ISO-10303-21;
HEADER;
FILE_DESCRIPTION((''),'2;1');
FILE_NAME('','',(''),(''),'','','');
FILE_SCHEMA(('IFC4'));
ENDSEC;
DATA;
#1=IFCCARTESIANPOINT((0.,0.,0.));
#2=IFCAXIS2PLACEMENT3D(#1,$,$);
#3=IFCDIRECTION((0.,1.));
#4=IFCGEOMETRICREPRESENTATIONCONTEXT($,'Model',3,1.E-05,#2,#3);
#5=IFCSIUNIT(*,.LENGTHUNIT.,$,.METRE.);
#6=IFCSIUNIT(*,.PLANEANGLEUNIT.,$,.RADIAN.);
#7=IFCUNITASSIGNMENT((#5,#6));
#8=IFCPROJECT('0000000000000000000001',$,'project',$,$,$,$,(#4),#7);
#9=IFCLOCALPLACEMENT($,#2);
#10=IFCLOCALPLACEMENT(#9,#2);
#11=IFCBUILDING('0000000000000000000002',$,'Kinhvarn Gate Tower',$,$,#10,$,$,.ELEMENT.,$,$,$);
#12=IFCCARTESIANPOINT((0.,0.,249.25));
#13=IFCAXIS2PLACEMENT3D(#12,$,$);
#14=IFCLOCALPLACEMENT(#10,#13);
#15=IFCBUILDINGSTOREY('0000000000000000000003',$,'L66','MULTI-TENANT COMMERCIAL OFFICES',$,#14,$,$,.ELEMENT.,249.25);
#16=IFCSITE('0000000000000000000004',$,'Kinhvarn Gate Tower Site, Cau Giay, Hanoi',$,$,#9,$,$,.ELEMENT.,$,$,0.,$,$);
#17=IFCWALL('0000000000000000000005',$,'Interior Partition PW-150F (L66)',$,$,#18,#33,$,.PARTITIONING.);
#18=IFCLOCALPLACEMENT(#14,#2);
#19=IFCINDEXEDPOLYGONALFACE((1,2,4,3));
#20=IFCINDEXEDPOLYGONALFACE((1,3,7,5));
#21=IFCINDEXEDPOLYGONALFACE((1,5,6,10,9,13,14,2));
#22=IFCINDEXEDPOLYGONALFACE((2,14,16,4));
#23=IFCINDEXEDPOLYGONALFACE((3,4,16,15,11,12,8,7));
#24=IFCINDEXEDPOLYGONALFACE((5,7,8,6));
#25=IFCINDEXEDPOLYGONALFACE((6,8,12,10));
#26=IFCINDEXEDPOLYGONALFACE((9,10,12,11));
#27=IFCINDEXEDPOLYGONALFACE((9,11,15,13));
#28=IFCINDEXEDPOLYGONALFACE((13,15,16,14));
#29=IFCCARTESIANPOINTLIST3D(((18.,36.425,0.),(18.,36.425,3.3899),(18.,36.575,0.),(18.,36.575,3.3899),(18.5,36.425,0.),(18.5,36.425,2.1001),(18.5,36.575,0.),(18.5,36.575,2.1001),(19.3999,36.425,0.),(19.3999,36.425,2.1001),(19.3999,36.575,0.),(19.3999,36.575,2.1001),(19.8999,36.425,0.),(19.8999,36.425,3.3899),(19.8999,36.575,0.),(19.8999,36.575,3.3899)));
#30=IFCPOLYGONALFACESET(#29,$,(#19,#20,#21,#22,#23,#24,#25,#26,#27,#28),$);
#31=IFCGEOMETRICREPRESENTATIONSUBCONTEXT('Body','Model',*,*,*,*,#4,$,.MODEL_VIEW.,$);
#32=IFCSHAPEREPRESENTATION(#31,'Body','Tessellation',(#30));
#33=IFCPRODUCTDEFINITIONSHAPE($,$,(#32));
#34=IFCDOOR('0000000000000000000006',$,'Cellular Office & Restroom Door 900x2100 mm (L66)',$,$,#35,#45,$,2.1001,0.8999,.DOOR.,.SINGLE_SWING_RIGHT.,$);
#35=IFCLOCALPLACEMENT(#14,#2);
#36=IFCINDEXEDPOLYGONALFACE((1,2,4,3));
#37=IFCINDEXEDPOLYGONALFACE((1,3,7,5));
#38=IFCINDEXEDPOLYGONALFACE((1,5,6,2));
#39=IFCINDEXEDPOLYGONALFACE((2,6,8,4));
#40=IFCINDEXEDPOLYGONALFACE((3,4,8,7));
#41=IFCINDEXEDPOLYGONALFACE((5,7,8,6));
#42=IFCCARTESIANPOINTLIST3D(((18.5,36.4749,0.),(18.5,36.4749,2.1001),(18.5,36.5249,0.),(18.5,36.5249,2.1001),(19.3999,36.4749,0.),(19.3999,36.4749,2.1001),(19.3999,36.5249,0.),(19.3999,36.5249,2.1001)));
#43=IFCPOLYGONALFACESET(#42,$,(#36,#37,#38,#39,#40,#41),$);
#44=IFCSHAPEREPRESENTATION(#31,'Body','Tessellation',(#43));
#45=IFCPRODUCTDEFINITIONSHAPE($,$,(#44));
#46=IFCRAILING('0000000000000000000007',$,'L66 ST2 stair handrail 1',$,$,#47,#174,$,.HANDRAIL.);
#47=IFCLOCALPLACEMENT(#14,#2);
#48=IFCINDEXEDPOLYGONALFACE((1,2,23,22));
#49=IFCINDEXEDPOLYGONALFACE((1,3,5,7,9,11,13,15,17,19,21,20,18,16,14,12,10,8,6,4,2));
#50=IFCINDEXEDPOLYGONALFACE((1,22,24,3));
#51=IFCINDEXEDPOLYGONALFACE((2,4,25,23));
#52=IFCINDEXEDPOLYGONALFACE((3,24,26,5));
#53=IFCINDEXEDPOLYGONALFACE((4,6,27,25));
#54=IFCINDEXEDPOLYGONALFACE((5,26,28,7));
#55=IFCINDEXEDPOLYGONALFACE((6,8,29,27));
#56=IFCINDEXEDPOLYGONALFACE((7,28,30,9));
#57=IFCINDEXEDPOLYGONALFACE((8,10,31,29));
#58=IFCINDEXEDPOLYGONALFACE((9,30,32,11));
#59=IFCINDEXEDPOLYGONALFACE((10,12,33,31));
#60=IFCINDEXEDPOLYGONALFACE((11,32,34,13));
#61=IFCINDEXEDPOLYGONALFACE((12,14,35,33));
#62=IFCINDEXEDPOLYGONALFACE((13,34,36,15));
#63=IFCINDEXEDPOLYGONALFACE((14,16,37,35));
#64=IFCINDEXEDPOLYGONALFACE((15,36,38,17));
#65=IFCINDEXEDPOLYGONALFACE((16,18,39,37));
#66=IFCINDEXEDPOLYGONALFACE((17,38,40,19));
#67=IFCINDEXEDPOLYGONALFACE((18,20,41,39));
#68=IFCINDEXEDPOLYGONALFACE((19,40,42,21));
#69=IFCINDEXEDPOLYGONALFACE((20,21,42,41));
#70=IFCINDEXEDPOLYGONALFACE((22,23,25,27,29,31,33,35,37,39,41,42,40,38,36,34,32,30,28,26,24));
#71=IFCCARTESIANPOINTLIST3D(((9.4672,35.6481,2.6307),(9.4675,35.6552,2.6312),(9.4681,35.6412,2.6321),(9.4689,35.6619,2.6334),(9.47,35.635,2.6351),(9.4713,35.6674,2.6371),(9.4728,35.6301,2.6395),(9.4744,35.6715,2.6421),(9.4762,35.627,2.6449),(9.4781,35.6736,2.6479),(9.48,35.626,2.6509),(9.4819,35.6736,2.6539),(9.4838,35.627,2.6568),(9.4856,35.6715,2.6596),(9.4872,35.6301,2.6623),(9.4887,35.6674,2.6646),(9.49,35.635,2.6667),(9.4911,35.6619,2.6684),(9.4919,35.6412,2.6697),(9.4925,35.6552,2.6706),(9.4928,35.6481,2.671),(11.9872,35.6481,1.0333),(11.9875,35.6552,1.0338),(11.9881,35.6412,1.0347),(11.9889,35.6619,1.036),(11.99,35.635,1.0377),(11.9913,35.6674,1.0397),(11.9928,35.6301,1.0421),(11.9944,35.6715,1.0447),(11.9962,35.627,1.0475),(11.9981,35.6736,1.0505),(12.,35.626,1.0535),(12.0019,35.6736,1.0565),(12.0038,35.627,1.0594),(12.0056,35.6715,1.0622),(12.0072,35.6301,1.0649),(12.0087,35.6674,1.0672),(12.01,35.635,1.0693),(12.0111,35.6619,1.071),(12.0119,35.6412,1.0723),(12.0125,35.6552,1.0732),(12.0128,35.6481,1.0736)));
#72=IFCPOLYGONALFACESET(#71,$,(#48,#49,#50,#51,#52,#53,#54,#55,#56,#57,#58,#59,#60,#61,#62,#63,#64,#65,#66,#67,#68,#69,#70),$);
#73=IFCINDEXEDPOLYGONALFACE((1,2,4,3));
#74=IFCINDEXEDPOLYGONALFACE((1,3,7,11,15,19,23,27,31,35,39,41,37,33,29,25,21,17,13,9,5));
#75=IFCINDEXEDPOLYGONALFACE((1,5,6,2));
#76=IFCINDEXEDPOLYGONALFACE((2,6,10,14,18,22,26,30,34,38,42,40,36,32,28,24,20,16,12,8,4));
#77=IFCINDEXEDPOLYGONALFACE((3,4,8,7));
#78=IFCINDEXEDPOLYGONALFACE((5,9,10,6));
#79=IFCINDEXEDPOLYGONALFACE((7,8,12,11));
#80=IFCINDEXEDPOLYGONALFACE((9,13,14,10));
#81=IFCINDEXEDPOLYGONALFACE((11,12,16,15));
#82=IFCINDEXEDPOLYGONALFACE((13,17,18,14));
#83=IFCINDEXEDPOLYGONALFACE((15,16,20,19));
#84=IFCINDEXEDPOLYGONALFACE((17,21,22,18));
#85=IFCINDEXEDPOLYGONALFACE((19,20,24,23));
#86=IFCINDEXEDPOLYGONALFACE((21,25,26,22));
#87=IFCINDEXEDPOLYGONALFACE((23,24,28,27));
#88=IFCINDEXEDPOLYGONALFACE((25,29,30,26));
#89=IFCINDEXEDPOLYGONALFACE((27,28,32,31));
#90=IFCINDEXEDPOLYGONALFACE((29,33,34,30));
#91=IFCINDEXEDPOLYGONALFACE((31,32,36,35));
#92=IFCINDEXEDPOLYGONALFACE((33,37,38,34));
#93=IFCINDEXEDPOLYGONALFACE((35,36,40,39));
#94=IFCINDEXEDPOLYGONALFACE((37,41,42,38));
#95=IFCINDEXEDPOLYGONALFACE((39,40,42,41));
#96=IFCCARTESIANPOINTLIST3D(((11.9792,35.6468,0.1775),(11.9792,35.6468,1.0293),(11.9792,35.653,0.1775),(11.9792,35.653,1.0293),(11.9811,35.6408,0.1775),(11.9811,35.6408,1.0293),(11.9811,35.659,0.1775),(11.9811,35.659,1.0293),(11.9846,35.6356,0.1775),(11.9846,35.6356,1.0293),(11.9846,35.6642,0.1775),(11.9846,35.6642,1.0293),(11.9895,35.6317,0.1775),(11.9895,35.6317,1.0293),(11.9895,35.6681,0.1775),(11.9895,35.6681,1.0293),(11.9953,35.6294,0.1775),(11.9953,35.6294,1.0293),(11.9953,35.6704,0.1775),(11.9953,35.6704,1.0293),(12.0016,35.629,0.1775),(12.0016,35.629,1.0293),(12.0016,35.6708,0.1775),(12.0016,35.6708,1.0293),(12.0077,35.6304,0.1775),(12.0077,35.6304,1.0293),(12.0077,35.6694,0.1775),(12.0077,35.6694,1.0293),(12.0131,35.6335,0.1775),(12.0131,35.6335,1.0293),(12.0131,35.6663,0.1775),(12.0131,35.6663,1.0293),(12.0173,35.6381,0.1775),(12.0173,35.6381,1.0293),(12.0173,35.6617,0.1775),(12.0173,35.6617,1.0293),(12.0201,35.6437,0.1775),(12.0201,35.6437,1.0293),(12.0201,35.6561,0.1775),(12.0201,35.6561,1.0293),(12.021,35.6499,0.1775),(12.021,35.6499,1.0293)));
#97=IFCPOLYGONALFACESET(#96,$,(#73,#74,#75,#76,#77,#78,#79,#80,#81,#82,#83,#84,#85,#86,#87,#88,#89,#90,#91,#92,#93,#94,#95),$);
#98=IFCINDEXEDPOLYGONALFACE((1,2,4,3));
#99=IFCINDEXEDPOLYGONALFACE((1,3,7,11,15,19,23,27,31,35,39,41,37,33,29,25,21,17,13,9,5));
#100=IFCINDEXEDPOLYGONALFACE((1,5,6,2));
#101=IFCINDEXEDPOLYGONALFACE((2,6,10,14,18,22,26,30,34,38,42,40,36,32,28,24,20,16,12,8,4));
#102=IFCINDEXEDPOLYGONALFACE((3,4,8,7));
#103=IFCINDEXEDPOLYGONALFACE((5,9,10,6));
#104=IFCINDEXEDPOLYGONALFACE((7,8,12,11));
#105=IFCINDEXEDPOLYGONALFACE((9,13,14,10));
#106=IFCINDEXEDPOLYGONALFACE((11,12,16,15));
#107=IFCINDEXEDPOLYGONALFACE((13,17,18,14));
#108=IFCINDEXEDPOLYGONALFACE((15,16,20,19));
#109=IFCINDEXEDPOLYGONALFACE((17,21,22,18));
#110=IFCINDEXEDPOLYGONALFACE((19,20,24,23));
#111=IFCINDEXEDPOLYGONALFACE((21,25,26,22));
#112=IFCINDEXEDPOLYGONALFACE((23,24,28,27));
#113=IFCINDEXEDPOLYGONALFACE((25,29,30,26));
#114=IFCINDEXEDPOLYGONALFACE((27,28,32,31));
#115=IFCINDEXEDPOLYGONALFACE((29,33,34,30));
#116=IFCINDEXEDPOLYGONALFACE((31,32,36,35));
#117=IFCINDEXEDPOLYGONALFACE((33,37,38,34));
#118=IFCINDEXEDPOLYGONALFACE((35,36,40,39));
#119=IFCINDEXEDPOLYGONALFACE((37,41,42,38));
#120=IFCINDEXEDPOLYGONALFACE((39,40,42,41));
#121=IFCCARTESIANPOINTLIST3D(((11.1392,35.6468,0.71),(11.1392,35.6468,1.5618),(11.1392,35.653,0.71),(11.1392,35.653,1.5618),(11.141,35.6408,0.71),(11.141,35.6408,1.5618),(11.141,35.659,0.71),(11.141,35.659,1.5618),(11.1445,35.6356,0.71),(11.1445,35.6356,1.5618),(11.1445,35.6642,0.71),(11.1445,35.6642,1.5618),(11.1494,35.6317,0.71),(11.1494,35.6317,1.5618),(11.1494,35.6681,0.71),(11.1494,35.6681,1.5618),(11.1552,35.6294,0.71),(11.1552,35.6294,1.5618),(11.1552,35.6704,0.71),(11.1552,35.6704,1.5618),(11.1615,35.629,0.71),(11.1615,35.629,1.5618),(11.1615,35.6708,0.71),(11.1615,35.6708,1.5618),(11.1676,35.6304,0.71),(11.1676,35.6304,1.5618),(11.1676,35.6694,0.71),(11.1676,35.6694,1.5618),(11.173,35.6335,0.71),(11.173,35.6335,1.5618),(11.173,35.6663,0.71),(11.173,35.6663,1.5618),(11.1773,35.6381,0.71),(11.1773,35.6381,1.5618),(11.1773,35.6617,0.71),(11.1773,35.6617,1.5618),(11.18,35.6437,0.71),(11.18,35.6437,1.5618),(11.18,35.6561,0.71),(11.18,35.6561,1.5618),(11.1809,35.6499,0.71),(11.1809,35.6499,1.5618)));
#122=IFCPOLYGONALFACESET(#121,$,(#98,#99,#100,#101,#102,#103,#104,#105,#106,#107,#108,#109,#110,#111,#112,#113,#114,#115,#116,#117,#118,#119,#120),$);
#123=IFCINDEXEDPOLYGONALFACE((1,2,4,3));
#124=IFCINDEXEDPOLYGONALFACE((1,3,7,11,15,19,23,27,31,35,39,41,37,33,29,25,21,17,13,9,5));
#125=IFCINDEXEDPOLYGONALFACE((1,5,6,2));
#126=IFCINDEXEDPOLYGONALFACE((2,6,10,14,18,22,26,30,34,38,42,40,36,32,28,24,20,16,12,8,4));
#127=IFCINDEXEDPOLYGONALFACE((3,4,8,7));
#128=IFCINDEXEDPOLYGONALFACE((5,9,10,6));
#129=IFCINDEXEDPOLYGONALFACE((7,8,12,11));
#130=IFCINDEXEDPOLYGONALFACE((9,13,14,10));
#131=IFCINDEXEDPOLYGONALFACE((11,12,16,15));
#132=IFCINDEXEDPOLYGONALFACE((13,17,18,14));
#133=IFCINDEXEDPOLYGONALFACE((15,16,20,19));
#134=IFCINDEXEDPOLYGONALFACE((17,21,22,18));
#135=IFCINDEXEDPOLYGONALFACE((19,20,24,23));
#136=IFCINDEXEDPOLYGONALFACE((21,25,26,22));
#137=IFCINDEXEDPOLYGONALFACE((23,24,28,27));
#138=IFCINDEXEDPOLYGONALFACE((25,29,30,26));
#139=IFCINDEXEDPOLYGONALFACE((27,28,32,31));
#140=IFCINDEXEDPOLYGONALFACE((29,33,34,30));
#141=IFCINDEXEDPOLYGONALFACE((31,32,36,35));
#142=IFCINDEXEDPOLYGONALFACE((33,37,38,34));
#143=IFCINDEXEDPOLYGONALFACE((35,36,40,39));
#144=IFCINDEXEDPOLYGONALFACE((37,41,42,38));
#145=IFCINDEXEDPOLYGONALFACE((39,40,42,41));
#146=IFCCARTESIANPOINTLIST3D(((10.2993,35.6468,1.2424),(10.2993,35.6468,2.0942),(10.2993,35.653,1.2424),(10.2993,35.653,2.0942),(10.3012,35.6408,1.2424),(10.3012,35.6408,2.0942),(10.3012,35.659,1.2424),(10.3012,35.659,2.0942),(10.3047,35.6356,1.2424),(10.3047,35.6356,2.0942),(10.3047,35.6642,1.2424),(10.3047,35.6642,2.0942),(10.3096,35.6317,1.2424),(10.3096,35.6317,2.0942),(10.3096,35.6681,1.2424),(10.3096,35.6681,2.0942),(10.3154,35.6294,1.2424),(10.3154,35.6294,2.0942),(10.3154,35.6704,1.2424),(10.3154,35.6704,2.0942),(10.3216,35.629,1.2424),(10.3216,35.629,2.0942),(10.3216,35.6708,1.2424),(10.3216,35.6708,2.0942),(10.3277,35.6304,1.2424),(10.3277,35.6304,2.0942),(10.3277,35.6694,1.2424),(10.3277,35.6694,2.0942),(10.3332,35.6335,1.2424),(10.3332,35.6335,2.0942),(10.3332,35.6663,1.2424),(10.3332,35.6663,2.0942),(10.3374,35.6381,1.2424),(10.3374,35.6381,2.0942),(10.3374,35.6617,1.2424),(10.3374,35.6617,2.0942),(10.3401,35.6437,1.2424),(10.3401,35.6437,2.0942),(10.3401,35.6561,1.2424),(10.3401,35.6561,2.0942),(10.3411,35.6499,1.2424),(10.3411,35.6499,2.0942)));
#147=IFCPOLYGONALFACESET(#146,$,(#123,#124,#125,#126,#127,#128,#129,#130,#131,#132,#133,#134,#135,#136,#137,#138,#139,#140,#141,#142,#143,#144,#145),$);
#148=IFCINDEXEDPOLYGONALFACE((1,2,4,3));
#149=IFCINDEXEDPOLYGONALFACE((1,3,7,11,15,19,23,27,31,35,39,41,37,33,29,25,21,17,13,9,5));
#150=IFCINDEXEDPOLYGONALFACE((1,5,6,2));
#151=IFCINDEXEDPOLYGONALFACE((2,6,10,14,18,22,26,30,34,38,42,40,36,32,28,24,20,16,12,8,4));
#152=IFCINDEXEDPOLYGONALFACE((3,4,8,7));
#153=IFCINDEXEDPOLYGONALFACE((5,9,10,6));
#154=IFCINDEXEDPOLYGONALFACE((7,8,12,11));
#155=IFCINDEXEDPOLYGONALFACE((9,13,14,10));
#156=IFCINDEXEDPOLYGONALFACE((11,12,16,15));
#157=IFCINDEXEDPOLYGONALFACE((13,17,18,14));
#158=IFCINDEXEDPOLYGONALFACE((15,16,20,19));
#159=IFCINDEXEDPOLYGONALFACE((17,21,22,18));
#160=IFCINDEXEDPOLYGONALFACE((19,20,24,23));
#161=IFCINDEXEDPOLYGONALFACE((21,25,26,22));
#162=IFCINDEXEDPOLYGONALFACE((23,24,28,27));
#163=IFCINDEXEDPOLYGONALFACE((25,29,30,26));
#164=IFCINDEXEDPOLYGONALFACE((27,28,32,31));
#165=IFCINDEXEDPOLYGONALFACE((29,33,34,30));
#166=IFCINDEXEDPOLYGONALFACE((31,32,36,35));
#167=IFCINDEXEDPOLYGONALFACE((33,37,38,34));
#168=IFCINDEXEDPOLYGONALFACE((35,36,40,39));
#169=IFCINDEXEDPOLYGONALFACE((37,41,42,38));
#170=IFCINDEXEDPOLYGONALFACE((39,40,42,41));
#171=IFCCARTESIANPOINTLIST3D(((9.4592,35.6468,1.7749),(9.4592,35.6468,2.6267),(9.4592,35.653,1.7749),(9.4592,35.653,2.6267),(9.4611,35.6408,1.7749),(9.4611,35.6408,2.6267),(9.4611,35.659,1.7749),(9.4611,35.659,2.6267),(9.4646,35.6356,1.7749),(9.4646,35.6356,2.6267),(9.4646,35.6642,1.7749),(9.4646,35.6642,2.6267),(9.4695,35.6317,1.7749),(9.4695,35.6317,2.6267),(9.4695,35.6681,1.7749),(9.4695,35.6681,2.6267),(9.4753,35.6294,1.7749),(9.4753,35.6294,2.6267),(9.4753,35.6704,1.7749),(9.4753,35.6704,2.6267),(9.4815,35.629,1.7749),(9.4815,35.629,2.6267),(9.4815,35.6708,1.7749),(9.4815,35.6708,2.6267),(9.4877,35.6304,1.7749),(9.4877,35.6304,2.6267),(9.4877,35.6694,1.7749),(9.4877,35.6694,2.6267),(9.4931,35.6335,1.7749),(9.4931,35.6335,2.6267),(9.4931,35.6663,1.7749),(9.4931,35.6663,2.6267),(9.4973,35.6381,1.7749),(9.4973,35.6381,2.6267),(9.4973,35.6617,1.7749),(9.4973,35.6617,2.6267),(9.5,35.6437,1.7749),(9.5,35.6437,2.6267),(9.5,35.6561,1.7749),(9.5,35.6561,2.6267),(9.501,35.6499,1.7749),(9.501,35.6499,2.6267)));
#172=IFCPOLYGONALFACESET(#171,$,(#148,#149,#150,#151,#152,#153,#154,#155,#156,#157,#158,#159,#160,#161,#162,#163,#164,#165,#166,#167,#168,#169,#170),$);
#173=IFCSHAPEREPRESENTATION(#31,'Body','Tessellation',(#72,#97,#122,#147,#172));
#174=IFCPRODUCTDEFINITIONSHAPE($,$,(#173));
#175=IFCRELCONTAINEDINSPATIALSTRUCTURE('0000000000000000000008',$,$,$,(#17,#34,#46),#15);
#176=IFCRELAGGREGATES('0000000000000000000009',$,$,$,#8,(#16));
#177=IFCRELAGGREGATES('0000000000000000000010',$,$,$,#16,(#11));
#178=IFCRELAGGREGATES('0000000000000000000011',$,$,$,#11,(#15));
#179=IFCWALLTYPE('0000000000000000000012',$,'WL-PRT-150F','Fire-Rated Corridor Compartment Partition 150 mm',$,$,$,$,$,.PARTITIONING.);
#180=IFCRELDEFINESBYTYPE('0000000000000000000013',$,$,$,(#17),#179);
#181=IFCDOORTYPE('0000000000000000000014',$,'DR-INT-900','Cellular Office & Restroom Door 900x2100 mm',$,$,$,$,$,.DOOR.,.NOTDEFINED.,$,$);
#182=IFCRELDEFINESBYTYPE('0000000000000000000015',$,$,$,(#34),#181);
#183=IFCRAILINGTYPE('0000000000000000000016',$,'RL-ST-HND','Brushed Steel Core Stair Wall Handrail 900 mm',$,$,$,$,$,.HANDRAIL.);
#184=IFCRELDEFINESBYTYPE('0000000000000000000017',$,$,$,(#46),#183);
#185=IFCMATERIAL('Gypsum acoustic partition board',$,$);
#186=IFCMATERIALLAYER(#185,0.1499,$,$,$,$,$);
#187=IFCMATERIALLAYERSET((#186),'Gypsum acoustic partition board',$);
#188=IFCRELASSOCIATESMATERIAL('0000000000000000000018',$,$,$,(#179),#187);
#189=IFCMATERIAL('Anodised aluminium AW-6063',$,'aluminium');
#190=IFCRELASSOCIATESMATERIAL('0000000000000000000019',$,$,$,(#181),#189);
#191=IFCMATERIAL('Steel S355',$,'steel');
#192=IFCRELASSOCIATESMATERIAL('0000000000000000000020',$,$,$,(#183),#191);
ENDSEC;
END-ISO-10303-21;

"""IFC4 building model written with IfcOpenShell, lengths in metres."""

from ifc_helpers import new_model, si_unit, direction, frame, frame_2d, origin, origin_2d, place, context, subcontext, project, spatial, rectangle, circle, extrude, material, layer, layer_set, type_object, element, fill, save


model = new_model("IFC4")

# Units and contexts
model_context = context("Model", 3, precision=1e-05, world=origin(), true_north=direction((0.0, 1.0)))
body_context = subcontext(model_context, "Body", "Model", "MODEL_VIEW")
ifc_project = project(units=[si_unit("LENGTHUNIT", "METRE"), si_unit("PLANEANGLEUNIT", "RADIAN")], contexts=[model_context])

# Site, building, storey
site_placement = place(None, origin())
site = spatial("IfcSite", under=ifc_project, at=site_placement, Name="Kinhvarn Gate Tower Site, Cau Giay, Hanoi", CompositionType="ELEMENT", RefElevation=0.0)
building_placement = place(site_placement, origin())
building = spatial("IfcBuilding", under=site, at=building_placement, Name="Kinhvarn Gate Tower", CompositionType="ELEMENT")
storey_placement = place(building_placement, frame((0.0, 0.0, 249.25)))
storey = spatial("IfcBuildingStorey", under=building, at=storey_placement, Name="L66", Description="MULTI-TENANT COMMERCIAL OFFICES", CompositionType="ELEMENT", Elevation=249.25)

# Shared definitions
ifc_material_1 = material(Name="Anodised aluminium AW-6063", Category="aluminium")

# Shared definitions
ifc_material_2 = material(Name="Steel S355", Category="steel")

# Shared definitions
ifc_material_3 = material(Name="Gypsum acoustic partition board")

# Wall, opening, door
ifc_layer_1 = layer(ifc_material_3, 0.1499)
ifc_layer_set_1 = layer_set([ifc_layer_1], Name="Gypsum acoustic partition board")
wall_type_1 = type_object("IfcWallType", Name="WL-PRT-150F", Description="Fire-Rated Corridor Compartment Partition 150 mm", PredefinedType="PARTITIONING", material=ifc_layer_set_1)
wall_1_placement = place(storey_placement, frame((18.0, 36.5, 0.0), z_axis=(0.0, 0.0, 1.0), x_axis=(1.0, 0.0, 0.0)))
wall_1 = element("IfcWall", 1, at=wall_1_placement, inside=storey, type_object=wall_type_1, Name="Interior Partition PW-150F (L66)", PredefinedType="PARTITIONING", context=body_context, shape_type="SweptSolid", body=[
    extrude(rectangle(XDim=1.8999, YDim=0.1499, at=frame_2d((0.95, 0.0))), origin(), (0.0, 0.0, 1.0), 3.3899),
])
opening_placement = place(wall_1_placement, frame((0.5, 0.0, 0.0)))
opening = element("IfcOpeningElement", 2, at=opening_placement, cuts=wall_1, PredefinedType="OPENING", context=body_context, shape_type="SweptSolid", body=[
    extrude(rectangle(XDim=0.8999, YDim=2.1001, at=frame_2d((0.45, 1.05))), frame((0.0, 0.085, 0.0), z_axis=(0.0, -1.0, 0.0), x_axis=(1.0, 0.0, 0.0)), (0.0, 0.0, 1.0), 0.1699),
])
door_type = type_object("IfcDoorType", Name="DR-INT-900", Description="Cellular Office & Restroom Door 900x2100 mm", OperationType="NOTDEFINED", PredefinedType="DOOR", material=ifc_material_1)
door_placement = place(opening_placement, origin())
door = element("IfcDoor", 3, at=door_placement, inside=storey, type_object=door_type, Name="Cellular Office & Restroom Door 900x2100 mm (L66)", OperationType="SINGLE_SWING_RIGHT", OverallHeight=2.1001, OverallWidth=0.8999, PredefinedType="DOOR", context=body_context, shape_type="SweptSolid", body=[
    extrude(rectangle(XDim=0.8999, YDim=2.1001, at=frame_2d((0.45, 1.05))), frame((0.0, 0.0249, 0.0), z_axis=(0.0, -1.0, 0.0), x_axis=(1.0, 0.0, 0.0)), (0.0, 0.0, 1.0), 0.05),
])
fill(opening, door)

# Railing
railing_type = type_object("IfcRailingType", Name="RL-ST-HND", Description="Brushed Steel Core Stair Wall Handrail 900 mm", PredefinedType="HANDRAIL", material=ifc_material_2)
railing_placement = place(storey_placement, frame((12.0, 35.6499, 0.1775)))
element("IfcRailing", 4, at=railing_placement, inside=storey, type_object=railing_type, Name="L66 ST2 stair handrail 1", PredefinedType="HANDRAIL", context=body_context, shape_type="SweptSolid", body=[
    extrude(circle(Radius=0.0239, at=origin_2d()), frame((0.0, 0.0, 0.876), z_axis=(-0.844607, 0.0, 0.535387), x_axis=(0.0, -1.0, 0.0)), (0.0, 0.0, 1.0), 2.9836),
    extrude(circle(Radius=0.021, at=origin_2d()), origin(), (0.0, 0.0, 1.0), 0.8518),
    extrude(circle(Radius=0.021, at=origin_2d()), frame((-0.8401, 0.0, 0.5325)), (0.0, 0.0, 1.0), 0.8518),
    extrude(circle(Radius=0.021, at=origin_2d()), frame((-1.6799, 0.0, 1.0649)), (0.0, 0.0, 1.0), 0.8518),
    extrude(circle(Radius=0.021, at=origin_2d()), frame((-2.52, 0.0, 1.5974)), (0.0, 0.0, 1.0), 0.8518),
])

save(model, "model.ifc")
